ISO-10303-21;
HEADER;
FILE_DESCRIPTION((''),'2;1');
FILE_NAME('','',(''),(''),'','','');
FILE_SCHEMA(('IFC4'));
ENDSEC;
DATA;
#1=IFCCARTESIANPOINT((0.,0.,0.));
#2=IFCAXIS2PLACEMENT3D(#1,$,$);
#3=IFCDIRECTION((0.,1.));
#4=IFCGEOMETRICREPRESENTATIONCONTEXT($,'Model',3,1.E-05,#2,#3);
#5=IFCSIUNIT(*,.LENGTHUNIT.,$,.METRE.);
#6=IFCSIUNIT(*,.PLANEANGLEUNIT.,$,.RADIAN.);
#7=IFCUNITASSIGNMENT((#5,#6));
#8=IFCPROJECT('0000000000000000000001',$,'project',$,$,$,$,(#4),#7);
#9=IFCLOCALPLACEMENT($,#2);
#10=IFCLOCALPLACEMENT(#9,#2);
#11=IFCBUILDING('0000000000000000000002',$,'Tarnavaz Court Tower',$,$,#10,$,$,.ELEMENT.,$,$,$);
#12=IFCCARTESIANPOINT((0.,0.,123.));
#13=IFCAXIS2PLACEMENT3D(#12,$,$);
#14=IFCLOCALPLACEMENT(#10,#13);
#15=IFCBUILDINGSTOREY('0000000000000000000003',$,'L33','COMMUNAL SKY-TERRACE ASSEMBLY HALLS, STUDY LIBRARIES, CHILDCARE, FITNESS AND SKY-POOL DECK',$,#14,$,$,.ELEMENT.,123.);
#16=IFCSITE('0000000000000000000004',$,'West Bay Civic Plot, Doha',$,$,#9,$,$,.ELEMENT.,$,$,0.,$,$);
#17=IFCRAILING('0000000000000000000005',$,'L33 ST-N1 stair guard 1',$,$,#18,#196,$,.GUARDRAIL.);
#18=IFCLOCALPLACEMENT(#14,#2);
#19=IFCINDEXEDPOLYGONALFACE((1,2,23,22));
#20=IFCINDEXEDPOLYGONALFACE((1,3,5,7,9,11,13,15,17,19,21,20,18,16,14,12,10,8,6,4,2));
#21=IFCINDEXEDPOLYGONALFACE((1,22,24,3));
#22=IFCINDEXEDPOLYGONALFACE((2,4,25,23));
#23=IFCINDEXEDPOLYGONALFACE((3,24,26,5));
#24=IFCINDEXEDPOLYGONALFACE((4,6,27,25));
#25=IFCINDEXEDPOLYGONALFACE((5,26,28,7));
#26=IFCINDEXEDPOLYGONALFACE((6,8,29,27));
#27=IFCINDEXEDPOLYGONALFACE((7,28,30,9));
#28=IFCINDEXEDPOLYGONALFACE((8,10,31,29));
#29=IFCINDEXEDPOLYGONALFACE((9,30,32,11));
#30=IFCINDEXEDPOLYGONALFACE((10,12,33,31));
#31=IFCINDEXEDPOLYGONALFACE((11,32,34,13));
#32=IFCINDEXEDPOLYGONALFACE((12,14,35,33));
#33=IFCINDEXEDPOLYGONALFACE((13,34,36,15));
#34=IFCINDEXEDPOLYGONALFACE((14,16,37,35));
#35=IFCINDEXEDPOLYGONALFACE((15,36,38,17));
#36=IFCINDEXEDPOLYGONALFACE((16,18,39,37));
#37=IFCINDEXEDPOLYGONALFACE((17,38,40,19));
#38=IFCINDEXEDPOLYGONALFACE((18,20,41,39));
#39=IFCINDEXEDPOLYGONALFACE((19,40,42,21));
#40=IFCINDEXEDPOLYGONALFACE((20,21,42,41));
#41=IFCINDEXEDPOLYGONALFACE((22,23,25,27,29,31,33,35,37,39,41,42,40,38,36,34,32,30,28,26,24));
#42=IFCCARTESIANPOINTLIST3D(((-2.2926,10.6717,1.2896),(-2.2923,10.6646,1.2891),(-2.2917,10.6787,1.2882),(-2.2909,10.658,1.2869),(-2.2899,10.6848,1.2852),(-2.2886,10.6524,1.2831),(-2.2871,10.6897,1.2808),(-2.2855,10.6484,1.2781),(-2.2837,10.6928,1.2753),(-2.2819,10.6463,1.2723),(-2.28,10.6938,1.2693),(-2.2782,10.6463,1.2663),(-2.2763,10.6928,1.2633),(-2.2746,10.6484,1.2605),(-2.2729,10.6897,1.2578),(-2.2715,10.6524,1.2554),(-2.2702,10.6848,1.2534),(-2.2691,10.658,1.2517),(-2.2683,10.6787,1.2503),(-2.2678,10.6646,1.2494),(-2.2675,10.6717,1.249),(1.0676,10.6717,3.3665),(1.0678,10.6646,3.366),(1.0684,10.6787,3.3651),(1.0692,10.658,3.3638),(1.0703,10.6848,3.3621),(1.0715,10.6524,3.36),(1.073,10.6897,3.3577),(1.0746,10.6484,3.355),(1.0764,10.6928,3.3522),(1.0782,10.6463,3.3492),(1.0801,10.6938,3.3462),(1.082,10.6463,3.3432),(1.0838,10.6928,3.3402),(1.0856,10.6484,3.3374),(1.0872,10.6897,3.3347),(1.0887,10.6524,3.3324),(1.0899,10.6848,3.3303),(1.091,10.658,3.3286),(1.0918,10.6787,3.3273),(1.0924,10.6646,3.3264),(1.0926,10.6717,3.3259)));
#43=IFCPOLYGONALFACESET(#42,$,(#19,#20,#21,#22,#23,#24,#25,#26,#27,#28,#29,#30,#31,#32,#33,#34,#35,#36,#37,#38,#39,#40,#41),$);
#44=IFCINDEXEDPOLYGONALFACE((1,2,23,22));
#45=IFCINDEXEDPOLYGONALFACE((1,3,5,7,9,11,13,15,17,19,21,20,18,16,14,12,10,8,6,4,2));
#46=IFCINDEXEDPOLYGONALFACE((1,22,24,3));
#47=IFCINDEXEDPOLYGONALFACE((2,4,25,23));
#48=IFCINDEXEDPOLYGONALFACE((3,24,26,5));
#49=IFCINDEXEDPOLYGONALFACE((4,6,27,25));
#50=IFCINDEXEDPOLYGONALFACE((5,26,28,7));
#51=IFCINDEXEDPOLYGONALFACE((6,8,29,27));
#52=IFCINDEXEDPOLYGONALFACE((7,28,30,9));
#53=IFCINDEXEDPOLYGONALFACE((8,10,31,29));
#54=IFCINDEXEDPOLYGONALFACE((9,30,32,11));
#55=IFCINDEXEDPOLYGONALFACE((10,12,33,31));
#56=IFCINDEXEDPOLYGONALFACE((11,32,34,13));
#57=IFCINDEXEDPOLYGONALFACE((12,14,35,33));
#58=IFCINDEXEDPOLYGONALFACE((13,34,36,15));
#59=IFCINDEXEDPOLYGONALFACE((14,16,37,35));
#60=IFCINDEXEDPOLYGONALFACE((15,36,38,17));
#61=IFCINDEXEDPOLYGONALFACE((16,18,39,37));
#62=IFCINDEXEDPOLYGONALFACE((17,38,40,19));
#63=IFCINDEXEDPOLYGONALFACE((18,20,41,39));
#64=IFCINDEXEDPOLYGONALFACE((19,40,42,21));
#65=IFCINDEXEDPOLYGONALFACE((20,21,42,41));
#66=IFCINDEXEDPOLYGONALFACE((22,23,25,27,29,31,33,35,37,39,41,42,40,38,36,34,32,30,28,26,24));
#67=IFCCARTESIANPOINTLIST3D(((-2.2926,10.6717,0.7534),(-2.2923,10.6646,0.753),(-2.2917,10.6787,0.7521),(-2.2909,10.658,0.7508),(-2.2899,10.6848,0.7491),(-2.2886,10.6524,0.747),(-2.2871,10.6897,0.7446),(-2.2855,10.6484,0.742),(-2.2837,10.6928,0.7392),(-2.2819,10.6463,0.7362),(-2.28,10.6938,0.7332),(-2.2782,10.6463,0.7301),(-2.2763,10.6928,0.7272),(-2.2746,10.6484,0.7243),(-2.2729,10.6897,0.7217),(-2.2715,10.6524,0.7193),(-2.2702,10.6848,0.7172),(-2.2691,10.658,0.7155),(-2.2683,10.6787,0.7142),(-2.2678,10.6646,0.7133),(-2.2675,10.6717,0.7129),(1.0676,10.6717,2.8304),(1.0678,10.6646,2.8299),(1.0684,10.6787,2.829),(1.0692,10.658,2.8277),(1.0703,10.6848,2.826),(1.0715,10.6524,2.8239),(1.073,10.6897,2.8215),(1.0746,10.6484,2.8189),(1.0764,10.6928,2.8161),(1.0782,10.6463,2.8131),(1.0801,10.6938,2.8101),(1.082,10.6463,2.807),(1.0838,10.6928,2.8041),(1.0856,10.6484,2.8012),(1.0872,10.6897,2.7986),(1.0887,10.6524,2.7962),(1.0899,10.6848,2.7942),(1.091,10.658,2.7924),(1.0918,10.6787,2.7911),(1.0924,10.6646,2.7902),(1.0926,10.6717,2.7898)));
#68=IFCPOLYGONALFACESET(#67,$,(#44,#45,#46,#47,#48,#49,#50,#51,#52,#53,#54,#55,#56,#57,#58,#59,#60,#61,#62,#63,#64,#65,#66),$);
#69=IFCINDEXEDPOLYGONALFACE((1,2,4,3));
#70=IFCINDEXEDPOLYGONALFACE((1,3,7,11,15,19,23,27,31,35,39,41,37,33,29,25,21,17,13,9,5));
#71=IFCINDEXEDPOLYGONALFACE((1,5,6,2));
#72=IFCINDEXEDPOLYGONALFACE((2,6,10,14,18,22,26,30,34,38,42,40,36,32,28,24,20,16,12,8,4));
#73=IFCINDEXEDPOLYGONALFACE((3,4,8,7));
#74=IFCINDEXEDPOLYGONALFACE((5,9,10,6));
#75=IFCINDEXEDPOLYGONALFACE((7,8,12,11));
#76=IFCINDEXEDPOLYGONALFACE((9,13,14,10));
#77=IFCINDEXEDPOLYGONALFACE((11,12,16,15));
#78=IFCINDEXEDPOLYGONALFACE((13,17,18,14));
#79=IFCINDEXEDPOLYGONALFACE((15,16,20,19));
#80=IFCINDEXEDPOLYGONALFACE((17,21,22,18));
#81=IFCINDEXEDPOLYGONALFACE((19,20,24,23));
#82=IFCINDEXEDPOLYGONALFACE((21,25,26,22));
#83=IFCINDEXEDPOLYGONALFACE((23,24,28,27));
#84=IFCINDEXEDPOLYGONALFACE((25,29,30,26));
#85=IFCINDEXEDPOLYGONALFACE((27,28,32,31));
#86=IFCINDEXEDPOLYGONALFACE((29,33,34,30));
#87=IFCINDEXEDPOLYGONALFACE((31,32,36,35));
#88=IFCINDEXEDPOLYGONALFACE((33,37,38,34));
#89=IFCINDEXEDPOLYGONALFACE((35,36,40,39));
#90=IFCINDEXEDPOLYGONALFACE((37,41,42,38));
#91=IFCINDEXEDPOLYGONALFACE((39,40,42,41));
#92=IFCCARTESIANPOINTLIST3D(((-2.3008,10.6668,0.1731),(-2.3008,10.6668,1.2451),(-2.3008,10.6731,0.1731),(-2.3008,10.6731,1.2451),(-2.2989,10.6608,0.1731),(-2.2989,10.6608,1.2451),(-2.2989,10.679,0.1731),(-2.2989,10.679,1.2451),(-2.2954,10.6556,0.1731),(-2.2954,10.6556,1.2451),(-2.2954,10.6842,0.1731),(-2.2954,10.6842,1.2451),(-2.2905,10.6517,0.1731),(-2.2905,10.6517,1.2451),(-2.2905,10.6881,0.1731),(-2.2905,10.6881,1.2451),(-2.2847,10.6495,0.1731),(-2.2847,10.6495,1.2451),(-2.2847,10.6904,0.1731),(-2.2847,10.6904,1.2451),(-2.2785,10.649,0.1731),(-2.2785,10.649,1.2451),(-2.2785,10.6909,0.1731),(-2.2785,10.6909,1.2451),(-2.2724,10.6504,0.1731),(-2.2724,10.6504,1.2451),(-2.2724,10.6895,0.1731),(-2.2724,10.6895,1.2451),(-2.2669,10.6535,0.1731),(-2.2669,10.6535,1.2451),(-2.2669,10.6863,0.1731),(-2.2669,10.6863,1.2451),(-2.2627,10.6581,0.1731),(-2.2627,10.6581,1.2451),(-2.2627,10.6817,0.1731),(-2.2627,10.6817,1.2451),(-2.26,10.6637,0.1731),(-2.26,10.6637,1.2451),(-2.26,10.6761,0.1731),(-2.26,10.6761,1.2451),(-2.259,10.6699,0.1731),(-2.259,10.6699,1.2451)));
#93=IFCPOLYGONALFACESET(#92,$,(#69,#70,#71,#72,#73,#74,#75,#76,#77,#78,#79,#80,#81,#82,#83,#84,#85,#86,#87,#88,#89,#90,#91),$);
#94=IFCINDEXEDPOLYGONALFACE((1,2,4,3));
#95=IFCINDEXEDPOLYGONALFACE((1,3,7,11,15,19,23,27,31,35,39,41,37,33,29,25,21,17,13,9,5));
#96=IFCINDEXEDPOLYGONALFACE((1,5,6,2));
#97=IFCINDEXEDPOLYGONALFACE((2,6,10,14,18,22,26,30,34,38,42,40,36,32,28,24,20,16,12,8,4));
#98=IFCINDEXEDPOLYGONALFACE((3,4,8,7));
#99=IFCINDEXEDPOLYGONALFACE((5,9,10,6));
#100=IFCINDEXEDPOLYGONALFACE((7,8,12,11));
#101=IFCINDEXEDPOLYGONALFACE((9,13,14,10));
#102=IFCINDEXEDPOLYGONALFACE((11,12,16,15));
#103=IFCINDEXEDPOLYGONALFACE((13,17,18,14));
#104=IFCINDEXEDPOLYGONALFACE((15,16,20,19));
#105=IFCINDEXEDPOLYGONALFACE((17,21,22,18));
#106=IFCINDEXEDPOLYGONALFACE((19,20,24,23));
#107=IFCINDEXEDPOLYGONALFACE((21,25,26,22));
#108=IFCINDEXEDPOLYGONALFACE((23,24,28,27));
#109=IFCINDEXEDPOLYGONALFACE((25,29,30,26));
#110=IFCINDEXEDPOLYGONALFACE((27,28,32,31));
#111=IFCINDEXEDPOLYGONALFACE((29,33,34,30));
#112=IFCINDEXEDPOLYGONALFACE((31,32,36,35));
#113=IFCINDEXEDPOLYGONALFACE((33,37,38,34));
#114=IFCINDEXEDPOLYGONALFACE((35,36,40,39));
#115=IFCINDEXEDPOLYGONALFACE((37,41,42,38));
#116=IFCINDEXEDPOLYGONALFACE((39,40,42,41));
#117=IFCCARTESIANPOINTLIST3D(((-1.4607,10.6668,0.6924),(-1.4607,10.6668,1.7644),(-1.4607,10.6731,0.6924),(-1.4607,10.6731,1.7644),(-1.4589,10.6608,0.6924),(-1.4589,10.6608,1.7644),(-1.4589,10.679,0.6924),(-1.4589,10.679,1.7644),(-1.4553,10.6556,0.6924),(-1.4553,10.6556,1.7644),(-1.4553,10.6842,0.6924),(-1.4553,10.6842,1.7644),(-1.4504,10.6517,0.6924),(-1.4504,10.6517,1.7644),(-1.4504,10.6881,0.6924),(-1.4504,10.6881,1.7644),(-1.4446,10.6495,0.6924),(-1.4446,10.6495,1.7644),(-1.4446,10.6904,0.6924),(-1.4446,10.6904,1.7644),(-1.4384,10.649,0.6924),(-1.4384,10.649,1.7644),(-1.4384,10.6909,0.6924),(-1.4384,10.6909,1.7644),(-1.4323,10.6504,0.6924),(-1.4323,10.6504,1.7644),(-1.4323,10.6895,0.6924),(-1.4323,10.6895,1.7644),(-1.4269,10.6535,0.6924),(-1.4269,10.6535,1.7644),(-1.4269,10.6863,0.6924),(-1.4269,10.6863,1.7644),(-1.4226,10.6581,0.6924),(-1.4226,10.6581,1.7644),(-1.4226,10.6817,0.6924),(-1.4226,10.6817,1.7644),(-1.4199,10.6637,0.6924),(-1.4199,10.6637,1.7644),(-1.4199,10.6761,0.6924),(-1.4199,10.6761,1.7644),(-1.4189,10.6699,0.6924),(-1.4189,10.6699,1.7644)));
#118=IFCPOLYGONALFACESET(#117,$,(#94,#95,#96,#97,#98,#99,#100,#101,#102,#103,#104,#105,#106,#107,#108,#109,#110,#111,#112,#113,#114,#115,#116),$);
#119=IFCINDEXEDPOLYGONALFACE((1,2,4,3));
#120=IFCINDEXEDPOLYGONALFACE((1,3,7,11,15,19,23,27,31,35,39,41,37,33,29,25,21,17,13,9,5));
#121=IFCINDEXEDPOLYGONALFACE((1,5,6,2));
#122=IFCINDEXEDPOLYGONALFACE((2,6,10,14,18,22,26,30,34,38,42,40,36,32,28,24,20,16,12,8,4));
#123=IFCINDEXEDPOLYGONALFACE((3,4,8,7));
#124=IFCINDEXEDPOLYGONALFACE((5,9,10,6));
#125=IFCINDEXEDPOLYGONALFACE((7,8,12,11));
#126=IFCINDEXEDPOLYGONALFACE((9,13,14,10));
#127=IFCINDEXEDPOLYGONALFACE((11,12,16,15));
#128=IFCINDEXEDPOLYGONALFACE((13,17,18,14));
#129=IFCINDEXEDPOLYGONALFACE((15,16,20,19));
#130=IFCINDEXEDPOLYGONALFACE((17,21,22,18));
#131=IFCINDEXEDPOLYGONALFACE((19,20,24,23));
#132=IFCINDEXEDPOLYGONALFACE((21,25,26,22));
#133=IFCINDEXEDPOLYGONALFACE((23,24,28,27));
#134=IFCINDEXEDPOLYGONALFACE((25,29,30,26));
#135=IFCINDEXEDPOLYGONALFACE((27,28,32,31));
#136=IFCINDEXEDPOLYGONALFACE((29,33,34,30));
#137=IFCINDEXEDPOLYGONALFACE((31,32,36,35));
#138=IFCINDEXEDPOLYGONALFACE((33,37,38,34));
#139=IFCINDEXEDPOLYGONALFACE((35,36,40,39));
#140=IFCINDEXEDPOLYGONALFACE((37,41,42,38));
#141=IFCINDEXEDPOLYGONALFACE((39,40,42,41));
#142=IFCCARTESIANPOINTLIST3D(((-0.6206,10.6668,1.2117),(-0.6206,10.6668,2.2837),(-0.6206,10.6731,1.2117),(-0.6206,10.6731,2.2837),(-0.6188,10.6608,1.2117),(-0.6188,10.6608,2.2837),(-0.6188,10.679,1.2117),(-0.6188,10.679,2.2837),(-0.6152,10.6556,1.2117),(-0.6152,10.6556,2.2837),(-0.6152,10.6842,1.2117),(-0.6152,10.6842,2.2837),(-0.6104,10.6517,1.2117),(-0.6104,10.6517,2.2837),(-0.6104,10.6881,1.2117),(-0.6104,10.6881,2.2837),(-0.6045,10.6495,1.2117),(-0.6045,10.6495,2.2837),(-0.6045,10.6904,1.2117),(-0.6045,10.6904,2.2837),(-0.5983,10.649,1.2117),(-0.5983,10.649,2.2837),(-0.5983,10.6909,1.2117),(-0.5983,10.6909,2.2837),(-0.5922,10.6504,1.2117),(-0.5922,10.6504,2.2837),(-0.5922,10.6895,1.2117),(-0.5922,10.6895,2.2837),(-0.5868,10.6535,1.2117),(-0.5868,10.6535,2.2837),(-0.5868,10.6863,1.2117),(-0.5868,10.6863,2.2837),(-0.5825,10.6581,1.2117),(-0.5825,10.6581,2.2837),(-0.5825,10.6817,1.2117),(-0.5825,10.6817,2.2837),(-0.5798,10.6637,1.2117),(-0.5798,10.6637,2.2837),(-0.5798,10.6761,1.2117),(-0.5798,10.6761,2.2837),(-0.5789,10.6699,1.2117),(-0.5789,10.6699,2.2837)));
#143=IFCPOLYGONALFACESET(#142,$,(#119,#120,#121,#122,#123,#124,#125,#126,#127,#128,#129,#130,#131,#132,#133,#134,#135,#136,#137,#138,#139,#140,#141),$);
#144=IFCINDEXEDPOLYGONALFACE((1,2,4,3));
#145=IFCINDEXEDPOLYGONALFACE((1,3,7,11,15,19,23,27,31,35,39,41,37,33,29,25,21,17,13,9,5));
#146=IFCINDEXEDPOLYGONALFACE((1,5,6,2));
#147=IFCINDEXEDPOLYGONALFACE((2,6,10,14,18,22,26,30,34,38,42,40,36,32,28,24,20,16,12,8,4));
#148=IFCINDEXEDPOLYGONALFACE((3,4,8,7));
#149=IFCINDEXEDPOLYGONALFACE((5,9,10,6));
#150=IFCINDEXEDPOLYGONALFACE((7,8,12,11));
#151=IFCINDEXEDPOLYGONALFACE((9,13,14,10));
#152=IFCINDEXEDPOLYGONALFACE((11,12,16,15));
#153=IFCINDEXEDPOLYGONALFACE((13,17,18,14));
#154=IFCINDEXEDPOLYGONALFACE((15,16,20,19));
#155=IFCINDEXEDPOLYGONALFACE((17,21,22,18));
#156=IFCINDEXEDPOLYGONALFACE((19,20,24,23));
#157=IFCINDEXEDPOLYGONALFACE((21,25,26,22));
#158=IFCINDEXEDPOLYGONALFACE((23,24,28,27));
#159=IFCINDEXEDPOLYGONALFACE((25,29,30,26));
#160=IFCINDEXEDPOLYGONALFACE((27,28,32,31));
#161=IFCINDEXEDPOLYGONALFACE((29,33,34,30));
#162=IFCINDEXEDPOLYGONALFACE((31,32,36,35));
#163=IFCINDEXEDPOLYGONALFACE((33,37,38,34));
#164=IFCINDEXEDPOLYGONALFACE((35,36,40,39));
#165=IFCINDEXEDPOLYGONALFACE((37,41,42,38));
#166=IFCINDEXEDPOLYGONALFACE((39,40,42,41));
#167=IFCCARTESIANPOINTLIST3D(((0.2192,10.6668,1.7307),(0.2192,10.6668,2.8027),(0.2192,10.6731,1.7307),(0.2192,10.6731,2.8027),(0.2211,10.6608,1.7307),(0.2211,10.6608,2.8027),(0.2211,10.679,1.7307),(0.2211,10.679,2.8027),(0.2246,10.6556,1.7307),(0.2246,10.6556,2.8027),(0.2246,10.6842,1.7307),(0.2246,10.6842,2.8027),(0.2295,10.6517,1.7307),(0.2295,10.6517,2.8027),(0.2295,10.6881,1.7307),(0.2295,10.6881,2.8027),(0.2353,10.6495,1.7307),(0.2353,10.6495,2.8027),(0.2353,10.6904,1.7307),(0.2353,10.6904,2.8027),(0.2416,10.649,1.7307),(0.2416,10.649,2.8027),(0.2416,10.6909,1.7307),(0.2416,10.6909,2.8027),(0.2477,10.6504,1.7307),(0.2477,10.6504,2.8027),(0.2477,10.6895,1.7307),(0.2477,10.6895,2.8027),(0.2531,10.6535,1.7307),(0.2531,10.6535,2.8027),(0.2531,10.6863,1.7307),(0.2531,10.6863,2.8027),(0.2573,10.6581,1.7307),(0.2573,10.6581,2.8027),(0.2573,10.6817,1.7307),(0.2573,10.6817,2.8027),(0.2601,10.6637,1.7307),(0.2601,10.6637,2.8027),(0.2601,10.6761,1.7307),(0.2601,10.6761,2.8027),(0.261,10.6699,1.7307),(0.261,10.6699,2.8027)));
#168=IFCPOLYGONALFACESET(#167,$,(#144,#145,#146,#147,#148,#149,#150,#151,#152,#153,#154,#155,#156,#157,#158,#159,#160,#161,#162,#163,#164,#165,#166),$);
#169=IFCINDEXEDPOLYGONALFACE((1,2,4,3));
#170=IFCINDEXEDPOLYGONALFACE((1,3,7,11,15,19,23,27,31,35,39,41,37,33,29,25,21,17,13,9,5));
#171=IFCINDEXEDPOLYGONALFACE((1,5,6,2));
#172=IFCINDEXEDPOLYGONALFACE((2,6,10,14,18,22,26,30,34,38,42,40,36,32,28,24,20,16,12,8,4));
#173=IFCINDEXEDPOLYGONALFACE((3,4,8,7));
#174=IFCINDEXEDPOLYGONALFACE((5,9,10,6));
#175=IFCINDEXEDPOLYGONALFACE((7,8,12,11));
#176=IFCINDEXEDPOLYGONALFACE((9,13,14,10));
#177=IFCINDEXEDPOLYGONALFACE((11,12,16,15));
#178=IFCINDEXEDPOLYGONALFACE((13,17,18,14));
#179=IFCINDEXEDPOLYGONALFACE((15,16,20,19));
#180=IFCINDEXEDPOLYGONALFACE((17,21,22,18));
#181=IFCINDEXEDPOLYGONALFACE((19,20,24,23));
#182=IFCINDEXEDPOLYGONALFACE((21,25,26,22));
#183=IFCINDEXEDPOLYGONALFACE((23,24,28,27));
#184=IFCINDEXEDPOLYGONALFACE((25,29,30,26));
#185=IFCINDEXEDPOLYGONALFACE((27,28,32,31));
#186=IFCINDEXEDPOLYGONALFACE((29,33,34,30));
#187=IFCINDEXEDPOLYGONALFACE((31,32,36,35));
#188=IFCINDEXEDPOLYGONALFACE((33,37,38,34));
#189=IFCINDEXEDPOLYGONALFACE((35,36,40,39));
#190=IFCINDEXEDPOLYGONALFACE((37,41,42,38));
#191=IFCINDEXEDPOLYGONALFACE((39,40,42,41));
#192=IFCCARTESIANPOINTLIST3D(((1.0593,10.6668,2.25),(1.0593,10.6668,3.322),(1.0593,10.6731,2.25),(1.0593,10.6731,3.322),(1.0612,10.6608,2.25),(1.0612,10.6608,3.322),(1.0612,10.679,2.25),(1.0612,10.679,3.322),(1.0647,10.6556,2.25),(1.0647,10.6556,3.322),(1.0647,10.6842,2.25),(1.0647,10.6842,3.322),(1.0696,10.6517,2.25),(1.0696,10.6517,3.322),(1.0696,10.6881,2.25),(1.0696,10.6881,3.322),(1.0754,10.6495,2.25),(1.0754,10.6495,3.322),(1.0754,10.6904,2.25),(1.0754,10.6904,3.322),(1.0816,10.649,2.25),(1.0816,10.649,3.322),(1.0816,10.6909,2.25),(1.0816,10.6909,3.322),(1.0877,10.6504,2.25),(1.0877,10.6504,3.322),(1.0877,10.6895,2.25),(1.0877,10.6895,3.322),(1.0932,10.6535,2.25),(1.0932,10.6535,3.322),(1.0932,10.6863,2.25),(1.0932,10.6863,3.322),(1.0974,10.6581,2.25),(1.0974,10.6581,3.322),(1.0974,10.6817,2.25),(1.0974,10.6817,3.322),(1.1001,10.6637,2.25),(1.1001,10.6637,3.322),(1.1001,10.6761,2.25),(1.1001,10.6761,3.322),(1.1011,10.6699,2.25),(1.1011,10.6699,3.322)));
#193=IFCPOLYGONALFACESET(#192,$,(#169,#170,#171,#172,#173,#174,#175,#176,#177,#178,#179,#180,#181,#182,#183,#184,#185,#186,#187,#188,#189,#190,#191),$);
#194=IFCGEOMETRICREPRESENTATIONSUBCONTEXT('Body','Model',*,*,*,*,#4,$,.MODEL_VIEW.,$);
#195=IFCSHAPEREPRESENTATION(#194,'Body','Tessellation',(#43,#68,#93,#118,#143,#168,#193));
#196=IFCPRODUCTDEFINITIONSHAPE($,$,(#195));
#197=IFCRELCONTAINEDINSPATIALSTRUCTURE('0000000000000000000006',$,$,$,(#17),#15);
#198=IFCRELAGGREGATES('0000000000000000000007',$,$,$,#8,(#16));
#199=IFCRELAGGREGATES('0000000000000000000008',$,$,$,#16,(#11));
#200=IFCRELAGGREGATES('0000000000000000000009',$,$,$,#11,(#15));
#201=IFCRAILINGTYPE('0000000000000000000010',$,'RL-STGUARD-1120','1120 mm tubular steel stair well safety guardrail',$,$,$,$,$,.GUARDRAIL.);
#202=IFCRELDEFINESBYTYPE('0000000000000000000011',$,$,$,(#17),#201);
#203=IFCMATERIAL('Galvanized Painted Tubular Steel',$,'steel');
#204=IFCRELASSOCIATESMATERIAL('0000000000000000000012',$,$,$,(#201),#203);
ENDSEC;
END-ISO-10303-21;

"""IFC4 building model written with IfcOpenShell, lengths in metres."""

from ifc_helpers import new_model, si_unit, direction, frame, origin, origin_2d, place, context, subcontext, project, spatial, circle, extrude, material, type_object, element, save


model = new_model("IFC4")

# Units and contexts
model_context = context("Model", 3, precision=1e-05, world=origin(), true_north=direction((0.0, 1.0)))
body_context = subcontext(model_context, "Body", "Model", "MODEL_VIEW")
ifc_project = project(units=[si_unit("LENGTHUNIT", "METRE"), si_unit("PLANEANGLEUNIT", "RADIAN")], contexts=[model_context])

# Site, building, storey
site_placement = place(None, origin())
site = spatial("IfcSite", under=ifc_project, at=site_placement, Name="West Bay Civic Plot, Doha", CompositionType="ELEMENT", RefElevation=0.0)
building_placement = place(site_placement, origin())
building = spatial("IfcBuilding", under=site, at=building_placement, Name="Tarnavaz Court Tower", CompositionType="ELEMENT")
storey_placement = place(building_placement, frame((0.0, 0.0, 123.0)))
storey = spatial("IfcBuildingStorey", under=building, at=storey_placement, Name="L33", Description="COMMUNAL SKY-TERRACE ASSEMBLY HALLS, STUDY LIBRARIES, CHILDCARE, FITNESS AND SKY-POOL DECK", CompositionType="ELEMENT", Elevation=123.0)

# Railing
ifc_material_1 = material(Name="Galvanized Painted Tubular Steel", Category="steel")
railing_type_1 = type_object("IfcRailingType", Name="RL-STGUARD-1120", Description="1120 mm tubular steel stair well safety guardrail", PredefinedType="GUARDRAIL", material=ifc_material_1)
railing_1_placement = place(storey_placement, frame((-2.28, 10.6699, 0.1731)))
element("IfcRailing", 1, at=railing_1_placement, inside=storey, type_object=railing_type_1, Name="L33 ST-N1 stair guard 1", PredefinedType="GUARDRAIL", context=body_context, shape_type="SweptSolid", body=[
    extrude(circle(Radius=0.0239, at=origin_2d()), frame((0.0, 0.0, 1.0962), z_axis=(0.850623, 0.0, 0.525776), x_axis=(0.0, 1.0, 0.0)), (0.0, 0.0, 1.0), 3.9502),
    extrude(circle(Radius=0.0239, at=origin_2d()), frame((0.0, 0.0, 0.5601), z_axis=(0.850623, 0.0, 0.525776), x_axis=(0.0, 1.0, 0.0)), (0.0, 0.0, 1.0), 3.9502),
    extrude(circle(Radius=0.021, at=origin_2d()), origin(), (0.0, 0.0, 1.0), 1.072),
    extrude(circle(Radius=0.021, at=origin_2d()), frame((0.8401, 0.0, 0.5193)), (0.0, 0.0, 1.0), 1.072),
    extrude(circle(Radius=0.021, at=origin_2d()), frame((1.6802, 0.0, 1.0386)), (0.0, 0.0, 1.0), 1.072),
    extrude(circle(Radius=0.021, at=origin_2d()), frame((2.52, 0.0, 1.5576)), (0.0, 0.0, 1.0), 1.072),
    extrude(circle(Radius=0.021, at=origin_2d()), frame((3.3601, 0.0, 2.0769)), (0.0, 0.0, 1.0), 1.072),
])

save(model, "model.ifc")
